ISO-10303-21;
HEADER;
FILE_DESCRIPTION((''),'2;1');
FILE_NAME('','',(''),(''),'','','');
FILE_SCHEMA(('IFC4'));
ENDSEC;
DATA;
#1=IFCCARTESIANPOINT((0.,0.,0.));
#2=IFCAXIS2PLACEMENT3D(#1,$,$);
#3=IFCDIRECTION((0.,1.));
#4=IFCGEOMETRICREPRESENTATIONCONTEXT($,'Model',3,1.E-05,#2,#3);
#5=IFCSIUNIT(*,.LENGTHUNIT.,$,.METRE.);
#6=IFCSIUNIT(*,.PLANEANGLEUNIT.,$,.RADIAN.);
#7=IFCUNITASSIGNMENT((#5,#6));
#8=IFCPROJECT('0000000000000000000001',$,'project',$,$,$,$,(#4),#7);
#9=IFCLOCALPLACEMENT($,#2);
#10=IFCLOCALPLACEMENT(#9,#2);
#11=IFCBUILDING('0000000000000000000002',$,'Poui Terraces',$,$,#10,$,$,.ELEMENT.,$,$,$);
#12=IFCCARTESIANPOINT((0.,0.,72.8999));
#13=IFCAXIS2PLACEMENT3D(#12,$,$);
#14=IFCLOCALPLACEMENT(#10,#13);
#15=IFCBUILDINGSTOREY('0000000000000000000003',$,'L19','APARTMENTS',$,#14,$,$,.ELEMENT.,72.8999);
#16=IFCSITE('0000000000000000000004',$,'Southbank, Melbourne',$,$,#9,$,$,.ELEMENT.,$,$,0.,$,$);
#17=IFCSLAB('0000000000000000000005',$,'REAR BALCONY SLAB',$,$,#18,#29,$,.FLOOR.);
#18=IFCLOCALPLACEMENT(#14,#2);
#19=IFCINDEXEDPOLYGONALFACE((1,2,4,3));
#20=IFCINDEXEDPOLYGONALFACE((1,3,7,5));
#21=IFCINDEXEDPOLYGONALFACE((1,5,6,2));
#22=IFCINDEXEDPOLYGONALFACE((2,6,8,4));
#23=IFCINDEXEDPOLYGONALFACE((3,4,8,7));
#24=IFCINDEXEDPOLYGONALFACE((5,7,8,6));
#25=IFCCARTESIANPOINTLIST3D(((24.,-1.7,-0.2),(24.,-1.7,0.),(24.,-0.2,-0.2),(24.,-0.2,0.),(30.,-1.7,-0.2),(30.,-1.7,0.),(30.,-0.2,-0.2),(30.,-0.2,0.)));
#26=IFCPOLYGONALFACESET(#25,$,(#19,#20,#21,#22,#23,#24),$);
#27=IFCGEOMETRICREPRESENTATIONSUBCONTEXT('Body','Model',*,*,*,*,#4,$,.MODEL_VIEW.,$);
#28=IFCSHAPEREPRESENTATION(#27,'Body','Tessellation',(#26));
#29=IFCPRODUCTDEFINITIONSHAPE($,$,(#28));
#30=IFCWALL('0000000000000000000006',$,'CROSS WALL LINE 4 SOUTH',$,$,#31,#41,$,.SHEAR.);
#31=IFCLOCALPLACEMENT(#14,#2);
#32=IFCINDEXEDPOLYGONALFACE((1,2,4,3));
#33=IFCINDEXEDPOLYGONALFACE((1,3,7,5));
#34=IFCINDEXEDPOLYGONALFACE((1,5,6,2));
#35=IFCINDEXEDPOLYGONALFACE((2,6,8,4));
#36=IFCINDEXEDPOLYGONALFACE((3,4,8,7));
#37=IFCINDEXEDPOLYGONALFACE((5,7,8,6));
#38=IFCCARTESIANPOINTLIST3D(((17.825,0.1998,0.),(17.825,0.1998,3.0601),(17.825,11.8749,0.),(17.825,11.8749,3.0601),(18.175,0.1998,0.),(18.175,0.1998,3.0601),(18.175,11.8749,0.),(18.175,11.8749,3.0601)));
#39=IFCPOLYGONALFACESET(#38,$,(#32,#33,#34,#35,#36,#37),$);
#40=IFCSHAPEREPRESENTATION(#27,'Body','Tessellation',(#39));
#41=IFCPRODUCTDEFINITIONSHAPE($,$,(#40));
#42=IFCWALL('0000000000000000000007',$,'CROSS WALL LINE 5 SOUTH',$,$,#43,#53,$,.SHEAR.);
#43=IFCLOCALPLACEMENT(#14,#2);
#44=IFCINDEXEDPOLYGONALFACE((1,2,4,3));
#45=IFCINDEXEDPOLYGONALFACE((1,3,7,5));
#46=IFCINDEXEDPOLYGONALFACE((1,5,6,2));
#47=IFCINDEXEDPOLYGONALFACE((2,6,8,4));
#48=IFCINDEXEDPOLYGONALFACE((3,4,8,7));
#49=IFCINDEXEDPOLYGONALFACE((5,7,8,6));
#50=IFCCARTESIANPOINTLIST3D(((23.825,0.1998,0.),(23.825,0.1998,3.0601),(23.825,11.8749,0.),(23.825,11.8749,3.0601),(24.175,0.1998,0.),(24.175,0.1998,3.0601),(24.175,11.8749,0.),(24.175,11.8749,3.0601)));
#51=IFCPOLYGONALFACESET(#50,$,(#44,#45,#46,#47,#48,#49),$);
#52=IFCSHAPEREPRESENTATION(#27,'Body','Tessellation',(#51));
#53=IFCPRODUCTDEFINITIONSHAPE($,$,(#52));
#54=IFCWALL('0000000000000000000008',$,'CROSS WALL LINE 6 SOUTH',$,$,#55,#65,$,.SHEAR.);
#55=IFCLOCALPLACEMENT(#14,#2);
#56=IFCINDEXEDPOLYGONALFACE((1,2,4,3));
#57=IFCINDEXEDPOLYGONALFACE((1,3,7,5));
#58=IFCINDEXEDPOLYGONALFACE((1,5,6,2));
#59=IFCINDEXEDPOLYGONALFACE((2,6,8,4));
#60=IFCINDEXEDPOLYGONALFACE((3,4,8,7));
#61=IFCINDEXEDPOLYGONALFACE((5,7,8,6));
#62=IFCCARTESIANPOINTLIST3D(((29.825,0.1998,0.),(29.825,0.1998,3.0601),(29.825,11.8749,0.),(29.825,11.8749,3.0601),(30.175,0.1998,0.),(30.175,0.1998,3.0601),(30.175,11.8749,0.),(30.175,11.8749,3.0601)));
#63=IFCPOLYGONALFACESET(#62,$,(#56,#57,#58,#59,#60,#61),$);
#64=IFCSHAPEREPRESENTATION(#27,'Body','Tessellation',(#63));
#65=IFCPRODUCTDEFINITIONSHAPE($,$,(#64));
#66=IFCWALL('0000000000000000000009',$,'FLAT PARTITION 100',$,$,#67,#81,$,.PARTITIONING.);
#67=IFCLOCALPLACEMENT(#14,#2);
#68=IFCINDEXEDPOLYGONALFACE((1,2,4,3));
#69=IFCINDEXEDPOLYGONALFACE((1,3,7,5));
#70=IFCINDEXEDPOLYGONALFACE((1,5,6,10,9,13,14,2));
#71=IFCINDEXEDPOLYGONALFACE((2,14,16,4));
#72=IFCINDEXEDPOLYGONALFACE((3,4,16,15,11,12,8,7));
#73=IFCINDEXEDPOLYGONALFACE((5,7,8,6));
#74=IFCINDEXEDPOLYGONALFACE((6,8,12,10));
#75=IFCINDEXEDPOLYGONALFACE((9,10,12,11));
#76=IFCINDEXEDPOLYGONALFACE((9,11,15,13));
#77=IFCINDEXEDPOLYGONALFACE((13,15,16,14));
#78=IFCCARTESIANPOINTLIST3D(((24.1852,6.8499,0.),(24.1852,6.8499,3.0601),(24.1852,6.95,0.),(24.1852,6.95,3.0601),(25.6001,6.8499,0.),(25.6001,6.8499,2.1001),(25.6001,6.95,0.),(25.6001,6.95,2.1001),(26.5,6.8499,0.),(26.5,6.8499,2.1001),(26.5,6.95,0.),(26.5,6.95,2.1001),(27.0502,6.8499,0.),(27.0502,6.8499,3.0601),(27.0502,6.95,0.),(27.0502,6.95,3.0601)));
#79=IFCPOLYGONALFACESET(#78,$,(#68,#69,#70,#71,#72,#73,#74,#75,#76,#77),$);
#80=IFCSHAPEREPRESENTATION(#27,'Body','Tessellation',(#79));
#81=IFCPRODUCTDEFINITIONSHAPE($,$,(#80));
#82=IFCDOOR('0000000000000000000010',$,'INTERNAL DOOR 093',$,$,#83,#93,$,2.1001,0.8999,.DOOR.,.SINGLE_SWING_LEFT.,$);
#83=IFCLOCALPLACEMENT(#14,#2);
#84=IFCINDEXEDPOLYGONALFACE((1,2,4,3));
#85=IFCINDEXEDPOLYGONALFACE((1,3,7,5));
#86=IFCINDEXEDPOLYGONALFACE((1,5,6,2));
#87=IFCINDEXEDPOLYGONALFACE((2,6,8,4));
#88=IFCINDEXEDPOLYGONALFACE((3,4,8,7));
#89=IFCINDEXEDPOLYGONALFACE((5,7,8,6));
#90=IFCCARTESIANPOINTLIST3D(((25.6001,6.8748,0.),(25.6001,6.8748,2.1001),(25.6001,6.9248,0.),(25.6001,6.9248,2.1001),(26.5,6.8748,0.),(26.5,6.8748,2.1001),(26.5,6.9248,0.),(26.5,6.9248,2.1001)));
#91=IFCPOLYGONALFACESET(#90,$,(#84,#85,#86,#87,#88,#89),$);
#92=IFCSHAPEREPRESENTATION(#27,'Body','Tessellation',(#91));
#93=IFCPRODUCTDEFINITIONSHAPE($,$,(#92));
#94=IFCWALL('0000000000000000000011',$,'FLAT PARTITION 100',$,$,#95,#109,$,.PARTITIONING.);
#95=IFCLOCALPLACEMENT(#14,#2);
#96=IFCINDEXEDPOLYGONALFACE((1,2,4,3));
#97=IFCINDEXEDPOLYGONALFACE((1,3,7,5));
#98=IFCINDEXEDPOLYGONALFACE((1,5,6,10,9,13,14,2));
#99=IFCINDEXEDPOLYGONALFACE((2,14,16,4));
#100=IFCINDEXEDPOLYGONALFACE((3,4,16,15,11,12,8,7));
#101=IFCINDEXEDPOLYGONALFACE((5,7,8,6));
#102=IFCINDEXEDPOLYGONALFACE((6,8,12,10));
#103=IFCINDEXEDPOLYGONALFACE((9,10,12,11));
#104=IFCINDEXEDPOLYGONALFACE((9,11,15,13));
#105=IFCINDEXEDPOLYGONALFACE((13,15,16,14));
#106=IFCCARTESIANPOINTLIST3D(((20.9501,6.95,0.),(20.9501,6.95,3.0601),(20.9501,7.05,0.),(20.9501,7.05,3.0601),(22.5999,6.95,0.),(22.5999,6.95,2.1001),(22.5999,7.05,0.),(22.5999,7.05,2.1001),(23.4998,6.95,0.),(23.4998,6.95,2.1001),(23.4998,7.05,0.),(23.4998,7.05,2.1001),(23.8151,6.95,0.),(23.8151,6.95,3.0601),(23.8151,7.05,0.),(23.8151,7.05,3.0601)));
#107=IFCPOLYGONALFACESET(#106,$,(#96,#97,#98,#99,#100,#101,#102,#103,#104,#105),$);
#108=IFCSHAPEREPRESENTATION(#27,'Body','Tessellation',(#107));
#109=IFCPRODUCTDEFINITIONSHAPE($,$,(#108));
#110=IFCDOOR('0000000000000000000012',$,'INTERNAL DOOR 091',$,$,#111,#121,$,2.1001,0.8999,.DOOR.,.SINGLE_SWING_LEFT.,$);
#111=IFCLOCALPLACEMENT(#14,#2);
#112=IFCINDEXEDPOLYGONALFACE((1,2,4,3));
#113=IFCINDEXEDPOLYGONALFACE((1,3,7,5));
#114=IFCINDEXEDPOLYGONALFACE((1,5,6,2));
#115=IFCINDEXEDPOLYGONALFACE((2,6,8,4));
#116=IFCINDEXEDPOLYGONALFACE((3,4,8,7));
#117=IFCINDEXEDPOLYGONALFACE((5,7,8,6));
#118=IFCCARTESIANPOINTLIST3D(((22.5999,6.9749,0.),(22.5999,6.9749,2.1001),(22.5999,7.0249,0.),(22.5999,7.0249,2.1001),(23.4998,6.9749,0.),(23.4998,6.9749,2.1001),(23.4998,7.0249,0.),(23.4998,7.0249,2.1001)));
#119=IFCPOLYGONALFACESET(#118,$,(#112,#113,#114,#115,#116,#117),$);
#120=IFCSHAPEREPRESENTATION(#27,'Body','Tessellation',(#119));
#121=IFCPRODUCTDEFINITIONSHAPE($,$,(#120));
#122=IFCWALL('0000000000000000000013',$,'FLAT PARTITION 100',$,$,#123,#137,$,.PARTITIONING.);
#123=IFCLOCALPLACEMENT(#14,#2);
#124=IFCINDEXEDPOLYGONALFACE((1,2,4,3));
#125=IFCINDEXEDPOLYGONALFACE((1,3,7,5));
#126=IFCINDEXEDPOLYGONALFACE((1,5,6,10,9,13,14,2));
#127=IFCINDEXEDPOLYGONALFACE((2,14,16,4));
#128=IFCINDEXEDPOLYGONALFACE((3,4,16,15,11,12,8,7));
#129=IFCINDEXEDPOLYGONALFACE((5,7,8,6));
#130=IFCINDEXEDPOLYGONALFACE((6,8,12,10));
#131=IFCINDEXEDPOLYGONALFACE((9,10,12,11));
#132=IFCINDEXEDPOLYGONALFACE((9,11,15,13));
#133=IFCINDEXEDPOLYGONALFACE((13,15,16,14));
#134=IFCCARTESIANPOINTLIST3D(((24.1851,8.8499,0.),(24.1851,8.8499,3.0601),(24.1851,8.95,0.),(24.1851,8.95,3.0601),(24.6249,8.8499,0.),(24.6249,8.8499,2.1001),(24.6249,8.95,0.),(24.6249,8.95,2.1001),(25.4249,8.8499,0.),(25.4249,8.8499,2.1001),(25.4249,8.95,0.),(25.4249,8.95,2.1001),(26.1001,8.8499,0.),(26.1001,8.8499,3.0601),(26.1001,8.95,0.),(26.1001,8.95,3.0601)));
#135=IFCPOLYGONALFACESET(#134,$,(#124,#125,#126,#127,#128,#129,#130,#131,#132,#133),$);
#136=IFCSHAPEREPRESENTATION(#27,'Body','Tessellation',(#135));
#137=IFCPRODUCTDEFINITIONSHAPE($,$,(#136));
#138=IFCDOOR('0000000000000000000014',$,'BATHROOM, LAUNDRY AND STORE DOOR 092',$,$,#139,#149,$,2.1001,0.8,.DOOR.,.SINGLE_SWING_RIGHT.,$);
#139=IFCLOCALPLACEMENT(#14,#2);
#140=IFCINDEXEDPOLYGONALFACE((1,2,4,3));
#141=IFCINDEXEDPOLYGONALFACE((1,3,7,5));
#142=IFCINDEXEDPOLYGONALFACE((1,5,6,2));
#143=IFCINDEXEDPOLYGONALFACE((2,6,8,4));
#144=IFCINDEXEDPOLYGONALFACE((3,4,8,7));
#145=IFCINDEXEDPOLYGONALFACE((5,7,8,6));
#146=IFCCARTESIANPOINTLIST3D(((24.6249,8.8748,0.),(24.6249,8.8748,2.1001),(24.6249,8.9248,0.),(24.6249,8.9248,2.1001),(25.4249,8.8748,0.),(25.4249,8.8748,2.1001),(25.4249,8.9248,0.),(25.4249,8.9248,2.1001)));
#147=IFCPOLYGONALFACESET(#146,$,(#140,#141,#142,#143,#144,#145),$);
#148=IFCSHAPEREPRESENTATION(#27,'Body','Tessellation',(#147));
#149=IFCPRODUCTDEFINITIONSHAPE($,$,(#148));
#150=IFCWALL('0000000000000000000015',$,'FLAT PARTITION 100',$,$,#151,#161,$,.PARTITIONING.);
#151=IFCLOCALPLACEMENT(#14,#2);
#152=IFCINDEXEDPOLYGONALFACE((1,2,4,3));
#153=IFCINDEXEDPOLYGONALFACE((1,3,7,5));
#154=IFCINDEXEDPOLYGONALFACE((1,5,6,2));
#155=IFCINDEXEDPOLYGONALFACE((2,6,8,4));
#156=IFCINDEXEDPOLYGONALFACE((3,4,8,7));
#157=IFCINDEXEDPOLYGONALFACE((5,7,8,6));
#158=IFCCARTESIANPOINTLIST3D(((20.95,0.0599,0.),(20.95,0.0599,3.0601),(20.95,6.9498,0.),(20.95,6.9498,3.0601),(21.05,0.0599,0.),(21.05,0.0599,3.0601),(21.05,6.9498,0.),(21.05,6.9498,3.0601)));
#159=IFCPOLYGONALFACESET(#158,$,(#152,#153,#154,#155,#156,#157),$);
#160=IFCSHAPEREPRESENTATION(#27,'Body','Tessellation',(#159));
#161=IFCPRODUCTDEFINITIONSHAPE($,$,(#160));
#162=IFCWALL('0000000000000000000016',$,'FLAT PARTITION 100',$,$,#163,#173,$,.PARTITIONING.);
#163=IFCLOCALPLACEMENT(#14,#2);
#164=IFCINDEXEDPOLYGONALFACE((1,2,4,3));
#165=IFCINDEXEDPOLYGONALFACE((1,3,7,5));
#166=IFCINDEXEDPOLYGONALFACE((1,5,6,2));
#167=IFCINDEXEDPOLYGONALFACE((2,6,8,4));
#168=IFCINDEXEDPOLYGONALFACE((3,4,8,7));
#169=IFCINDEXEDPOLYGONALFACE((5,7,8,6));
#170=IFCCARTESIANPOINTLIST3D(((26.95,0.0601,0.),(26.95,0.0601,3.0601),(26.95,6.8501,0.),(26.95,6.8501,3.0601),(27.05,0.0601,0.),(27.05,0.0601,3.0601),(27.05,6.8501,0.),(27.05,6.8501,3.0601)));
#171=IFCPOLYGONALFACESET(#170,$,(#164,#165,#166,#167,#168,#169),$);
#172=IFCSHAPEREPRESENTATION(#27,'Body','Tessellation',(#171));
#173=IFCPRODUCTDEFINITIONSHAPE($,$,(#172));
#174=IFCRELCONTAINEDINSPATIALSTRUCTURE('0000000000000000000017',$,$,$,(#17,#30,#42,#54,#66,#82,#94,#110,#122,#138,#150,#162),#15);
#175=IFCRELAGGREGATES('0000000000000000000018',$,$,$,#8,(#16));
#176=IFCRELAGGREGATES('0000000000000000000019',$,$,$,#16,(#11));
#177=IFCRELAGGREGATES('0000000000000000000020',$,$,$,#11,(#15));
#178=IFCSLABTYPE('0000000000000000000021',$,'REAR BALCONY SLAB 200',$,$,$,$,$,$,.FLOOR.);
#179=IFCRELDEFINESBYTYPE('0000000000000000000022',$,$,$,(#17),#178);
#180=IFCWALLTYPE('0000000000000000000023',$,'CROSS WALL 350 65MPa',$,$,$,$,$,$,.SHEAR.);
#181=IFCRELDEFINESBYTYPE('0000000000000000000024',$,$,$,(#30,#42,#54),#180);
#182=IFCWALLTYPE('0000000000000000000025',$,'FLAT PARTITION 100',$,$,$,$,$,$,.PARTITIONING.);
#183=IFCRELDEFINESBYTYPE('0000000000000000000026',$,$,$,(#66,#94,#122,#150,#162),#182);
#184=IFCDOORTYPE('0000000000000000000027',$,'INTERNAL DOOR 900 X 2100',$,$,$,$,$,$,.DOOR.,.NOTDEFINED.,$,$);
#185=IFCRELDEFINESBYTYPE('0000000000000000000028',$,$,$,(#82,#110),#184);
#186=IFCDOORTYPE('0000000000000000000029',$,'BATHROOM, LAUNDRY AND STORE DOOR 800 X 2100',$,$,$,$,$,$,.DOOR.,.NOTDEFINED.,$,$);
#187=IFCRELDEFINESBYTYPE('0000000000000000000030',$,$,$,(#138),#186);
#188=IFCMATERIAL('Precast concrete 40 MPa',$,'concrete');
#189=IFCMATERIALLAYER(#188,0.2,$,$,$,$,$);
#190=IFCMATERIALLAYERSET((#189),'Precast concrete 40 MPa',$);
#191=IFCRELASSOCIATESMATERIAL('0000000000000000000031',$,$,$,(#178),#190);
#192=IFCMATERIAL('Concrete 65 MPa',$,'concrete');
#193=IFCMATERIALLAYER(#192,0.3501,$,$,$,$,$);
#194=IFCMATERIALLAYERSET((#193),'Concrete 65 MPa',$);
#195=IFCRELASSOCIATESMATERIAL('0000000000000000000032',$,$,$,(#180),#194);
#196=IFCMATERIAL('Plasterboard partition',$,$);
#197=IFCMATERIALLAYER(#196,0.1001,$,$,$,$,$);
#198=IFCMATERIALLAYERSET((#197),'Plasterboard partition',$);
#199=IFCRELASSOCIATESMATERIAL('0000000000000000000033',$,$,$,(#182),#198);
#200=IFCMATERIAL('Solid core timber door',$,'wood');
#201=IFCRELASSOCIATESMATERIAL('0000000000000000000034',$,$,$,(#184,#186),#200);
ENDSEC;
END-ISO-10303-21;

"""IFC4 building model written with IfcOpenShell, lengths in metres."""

from ifc_helpers import new_model, si_unit, direction, frame, frame_2d, origin, place, context, subcontext, project, spatial, polyline, rectangle, outline, extrude, source, transform, mapped, material, layer, layer_set, type_object, element, fill, save


model = new_model("IFC4")

# Units and contexts
model_context = context("Model", 3, precision=1e-05, world=origin(), true_north=direction((0.0, 1.0)))
body_context = subcontext(model_context, "Body", "Model", "MODEL_VIEW")
ifc_project = project(units=[si_unit("LENGTHUNIT", "METRE"), si_unit("PLANEANGLEUNIT", "RADIAN")], contexts=[model_context])

# Site, building, storey
site_placement = place(None, origin())
site = spatial("IfcSite", under=ifc_project, at=site_placement, Name="Southbank, Melbourne", CompositionType="ELEMENT", RefElevation=0.0)
building_placement = place(site_placement, origin())
building = spatial("IfcBuilding", under=site, at=building_placement, Name="Poui Terraces", CompositionType="ELEMENT")
storey_placement = place(building_placement, frame((0.0, 0.0, 72.8999)))
storey = spatial("IfcBuildingStorey", under=building, at=storey_placement, Name="L19", Description="APARTMENTS", CompositionType="ELEMENT", Elevation=72.8999)

# Slab
ifc_material_1 = material(Name="Precast concrete 40 MPa", Category="concrete")
ifc_layer_1 = layer(ifc_material_1, 0.2)
ifc_layer_set_1 = layer_set([ifc_layer_1], Name="Precast concrete 40 MPa")
slab_type = type_object("IfcSlabType", Name="REAR BALCONY SLAB 200", PredefinedType="FLOOR", material=ifc_layer_set_1)
shared_shape_1 = source(origin(), body_context, "Body", "SweptSolid", [
    extrude(outline(polyline([(0.0, 0.0), (6.0, 0.0), (6.0, 1.5), (0.0, 1.5), (0.0, 0.0)])), origin(), (0.0, 0.0, 1.0), 0.2),
])
slab_placement = place(storey_placement, frame((24.0, -1.7, -0.2)))
element("IfcSlab", 1, at=slab_placement, inside=storey, type_object=slab_type, Name="REAR BALCONY SLAB", PredefinedType="FLOOR", context=body_context, shape_type="MappedRepresentation", body=[
    mapped(shared_shape_1, transform((0.0, 0.0, 0.0))),
])

# Walls
ifc_material_2 = material(Name="Concrete 65 MPa", Category="concrete")
ifc_layer_2 = layer(ifc_material_2, 0.3501)
ifc_layer_set_2 = layer_set([ifc_layer_2], Name="Concrete 65 MPa")
wall_type_1 = type_object("IfcWallType", Name="CROSS WALL 350 65MPa", PredefinedType="SHEAR", material=ifc_layer_set_2)
for number, where, z_axis, x_axis, name in (
    (2, (18.0, 0.2, 0.0), (0.0, 0.0, 1.0), (0.0, 1.0, 0.0), "CROSS WALL LINE 4 SOUTH"),
    (3, (24.0, 0.2, 0.0), (0.0, 0.0, 1.0), (0.0, 1.0, 0.0), "CROSS WALL LINE 5 SOUTH"),
    (4, (30.0, 0.2, 0.0), (0.0, 0.0, 1.0), (0.0, 1.0, 0.0), "CROSS WALL LINE 6 SOUTH"),
):
    element("IfcWall", number, at=place(storey_placement, frame(where, z_axis=z_axis, x_axis=x_axis)), inside=storey, type_object=wall_type_1, Name=name, PredefinedType="SHEAR", context=body_context, shape_type="SweptSolid", body=[
        extrude(rectangle(XDim=11.675, YDim=0.3501, at=frame_2d((5.8374, 0.0))), origin(), (0.0, 0.0, 1.0), 3.0601),
    ])

# Walls, openings, doors
ifc_material_3 = material(Name="Plasterboard partition")
ifc_layer_3 = layer(ifc_material_3, 0.1001)
ifc_layer_set_3 = layer_set([ifc_layer_3], Name="Plasterboard partition")
wall_type_2 = type_object("IfcWallType", Name="FLAT PARTITION 100", PredefinedType="PARTITIONING", material=ifc_layer_set_3)
wall_1_placement = place(storey_placement, frame((24.1851, 6.8999, 0.0), z_axis=(0.0, 0.0, 1.0), x_axis=(1.0, 0.0, 0.0)))
wall_1 = element("IfcWall", 5, at=wall_1_placement, inside=storey, type_object=wall_type_2, Name="FLAT PARTITION 100", PredefinedType="PARTITIONING", context=body_context, shape_type="SweptSolid", body=[
    extrude(rectangle(XDim=2.865, YDim=0.1001, at=frame_2d((1.4326, 0.0))), origin(), (0.0, 0.0, 1.0), 3.0601),
])
opening_1_placement = place(wall_1_placement, frame((1.415, 0.0, 0.0)))
opening_1 = element("IfcOpeningElement", 6, at=opening_1_placement, cuts=wall_1, PredefinedType="OPENING", context=body_context, shape_type="SweptSolid", body=[
    extrude(rectangle(XDim=0.8999, YDim=2.1001, at=frame_2d((0.45, 1.05))), frame((0.0, 0.0601, 0.0), z_axis=(0.0, -1.0, 0.0), x_axis=(1.0, 0.0, 0.0)), (0.0, 0.0, 1.0), 0.1201),
])
ifc_material_4 = material(Name="Solid core timber door", Category="wood")
door_type_1 = type_object("IfcDoorType", Name="INTERNAL DOOR 900 X 2100", OperationType="NOTDEFINED", PredefinedType="DOOR", material=ifc_material_4)
door_1_placement = place(opening_1_placement, origin())
door_1 = element("IfcDoor", 7, at=door_1_placement, inside=storey, type_object=door_type_1, Name="INTERNAL DOOR 093", OperationType="SINGLE_SWING_LEFT", OverallHeight=2.1001, OverallWidth=0.8999, PredefinedType="DOOR", context=body_context, shape_type="SweptSolid", body=[
    extrude(rectangle(XDim=0.8999, YDim=2.1001, at=frame_2d((0.45, 1.05))), frame((0.0, 0.0249, 0.0), z_axis=(0.0, -1.0, 0.0), x_axis=(1.0, 0.0, 0.0)), (0.0, 0.0, 1.0), 0.05),
])
fill(opening_1, door_1)
wall_2_placement = place(storey_placement, frame((20.95, 7.0, 0.0), z_axis=(0.0, 0.0, 1.0), x_axis=(1.0, 0.0, 0.0)))
wall_2 = element("IfcWall", 8, at=wall_2_placement, inside=storey, type_object=wall_type_2, Name="FLAT PARTITION 100", PredefinedType="PARTITIONING", context=body_context, shape_type="SweptSolid", body=[
    extrude(rectangle(XDim=2.865, YDim=0.1001, at=frame_2d((1.4326, 0.0))), origin(), (0.0, 0.0, 1.0), 3.0601),
])
opening_2_placement = place(wall_2_placement, frame((1.6499, 0.0, 0.0)))
opening_2 = element("IfcOpeningElement", 9, at=opening_2_placement, cuts=wall_2, PredefinedType="OPENING", context=body_context, shape_type="SweptSolid", body=[
    extrude(rectangle(XDim=0.8999, YDim=2.1001, at=frame_2d((0.45, 1.05))), frame((0.0, 0.0601, 0.0), z_axis=(0.0, -1.0, 0.0), x_axis=(1.0, 0.0, 0.0)), (0.0, 0.0, 1.0), 0.1201),
])
door_2_placement = place(opening_2_placement, origin())
door_2 = element("IfcDoor", 10, at=door_2_placement, inside=storey, type_object=door_type_1, Name="INTERNAL DOOR 091", OperationType="SINGLE_SWING_LEFT", OverallHeight=2.1001, OverallWidth=0.8999, PredefinedType="DOOR", context=body_context, shape_type="SweptSolid", body=[
    extrude(rectangle(XDim=0.8999, YDim=2.1001, at=frame_2d((0.45, 1.05))), frame((0.0, 0.0249, 0.0), z_axis=(0.0, -1.0, 0.0), x_axis=(1.0, 0.0, 0.0)), (0.0, 0.0, 1.0), 0.05),
])
fill(opening_2, door_2)
wall_3_placement = place(storey_placement, frame((24.1851, 8.8999, 0.0), z_axis=(0.0, 0.0, 1.0), x_axis=(1.0, 0.0, 0.0)))
wall_3 = element("IfcWall", 11, at=wall_3_placement, inside=storey, type_object=wall_type_2, Name="FLAT PARTITION 100", PredefinedType="PARTITIONING", context=body_context, shape_type="SweptSolid", body=[
    extrude(rectangle(XDim=1.915, YDim=0.1001, at=frame_2d((0.9575, 0.0))), origin(), (0.0, 0.0, 1.0), 3.0601),
])
opening_3_placement = place(wall_3_placement, frame((0.4399, 0.0, 0.0)))
opening_3 = element("IfcOpeningElement", 12, at=opening_3_placement, cuts=wall_3, PredefinedType="OPENING", context=body_context, shape_type="SweptSolid", body=[
    extrude(rectangle(XDim=0.8, YDim=2.1001, at=frame_2d((0.3999, 1.05))), frame((0.0, 0.0601, 0.0), z_axis=(0.0, -1.0, 0.0), x_axis=(1.0, 0.0, 0.0)), (0.0, 0.0, 1.0), 0.1201),
])
door_type_2 = type_object("IfcDoorType", Name="BATHROOM, LAUNDRY AND STORE DOOR 800 X 2100", OperationType="NOTDEFINED", PredefinedType="DOOR", material=ifc_material_4)
door_3_placement = place(opening_3_placement, origin())
door_3 = element("IfcDoor", 13, at=door_3_placement, inside=storey, type_object=door_type_2, Name="BATHROOM, LAUNDRY AND STORE DOOR 092", OperationType="SINGLE_SWING_RIGHT", OverallHeight=2.1001, OverallWidth=0.8, PredefinedType="DOOR", context=body_context, shape_type="SweptSolid", body=[
    extrude(rectangle(XDim=0.8, YDim=2.1001, at=frame_2d((0.3999, 1.05))), frame((0.0, 0.0249, 0.0), z_axis=(0.0, -1.0, 0.0), x_axis=(1.0, 0.0, 0.0)), (0.0, 0.0, 1.0), 0.05),
])
fill(opening_3, door_3)

# Walls
wall_4_placement = place(storey_placement, frame((21.0, 0.0601, 0.0), z_axis=(0.0, 0.0, 1.0), x_axis=(0.0, 1.0, 0.0)))
element("IfcWall", 14, at=wall_4_placement, inside=storey, type_object=wall_type_2, Name="FLAT PARTITION 100", PredefinedType="PARTITIONING", context=body_context, shape_type="SweptSolid", body=[
    extrude(rectangle(XDim=6.8899, YDim=0.1001, at=frame_2d((3.4448, 0.0))), origin(), (0.0, 0.0, 1.0), 3.0601),
])
wall_5_placement = place(storey_placement, frame((27.0, 0.0601, 0.0), z_axis=(0.0, 0.0, 1.0), x_axis=(0.0, 1.0, 0.0)))
element("IfcWall", 15, at=wall_5_placement, inside=storey, type_object=wall_type_2, Name="FLAT PARTITION 100", PredefinedType="PARTITIONING", context=body_context, shape_type="SweptSolid", body=[
    extrude(rectangle(XDim=6.79, YDim=0.1001, at=frame_2d((3.395, 0.0))), origin(), (0.0, 0.0, 1.0), 3.0601),
])

save(model, "model.ifc")
